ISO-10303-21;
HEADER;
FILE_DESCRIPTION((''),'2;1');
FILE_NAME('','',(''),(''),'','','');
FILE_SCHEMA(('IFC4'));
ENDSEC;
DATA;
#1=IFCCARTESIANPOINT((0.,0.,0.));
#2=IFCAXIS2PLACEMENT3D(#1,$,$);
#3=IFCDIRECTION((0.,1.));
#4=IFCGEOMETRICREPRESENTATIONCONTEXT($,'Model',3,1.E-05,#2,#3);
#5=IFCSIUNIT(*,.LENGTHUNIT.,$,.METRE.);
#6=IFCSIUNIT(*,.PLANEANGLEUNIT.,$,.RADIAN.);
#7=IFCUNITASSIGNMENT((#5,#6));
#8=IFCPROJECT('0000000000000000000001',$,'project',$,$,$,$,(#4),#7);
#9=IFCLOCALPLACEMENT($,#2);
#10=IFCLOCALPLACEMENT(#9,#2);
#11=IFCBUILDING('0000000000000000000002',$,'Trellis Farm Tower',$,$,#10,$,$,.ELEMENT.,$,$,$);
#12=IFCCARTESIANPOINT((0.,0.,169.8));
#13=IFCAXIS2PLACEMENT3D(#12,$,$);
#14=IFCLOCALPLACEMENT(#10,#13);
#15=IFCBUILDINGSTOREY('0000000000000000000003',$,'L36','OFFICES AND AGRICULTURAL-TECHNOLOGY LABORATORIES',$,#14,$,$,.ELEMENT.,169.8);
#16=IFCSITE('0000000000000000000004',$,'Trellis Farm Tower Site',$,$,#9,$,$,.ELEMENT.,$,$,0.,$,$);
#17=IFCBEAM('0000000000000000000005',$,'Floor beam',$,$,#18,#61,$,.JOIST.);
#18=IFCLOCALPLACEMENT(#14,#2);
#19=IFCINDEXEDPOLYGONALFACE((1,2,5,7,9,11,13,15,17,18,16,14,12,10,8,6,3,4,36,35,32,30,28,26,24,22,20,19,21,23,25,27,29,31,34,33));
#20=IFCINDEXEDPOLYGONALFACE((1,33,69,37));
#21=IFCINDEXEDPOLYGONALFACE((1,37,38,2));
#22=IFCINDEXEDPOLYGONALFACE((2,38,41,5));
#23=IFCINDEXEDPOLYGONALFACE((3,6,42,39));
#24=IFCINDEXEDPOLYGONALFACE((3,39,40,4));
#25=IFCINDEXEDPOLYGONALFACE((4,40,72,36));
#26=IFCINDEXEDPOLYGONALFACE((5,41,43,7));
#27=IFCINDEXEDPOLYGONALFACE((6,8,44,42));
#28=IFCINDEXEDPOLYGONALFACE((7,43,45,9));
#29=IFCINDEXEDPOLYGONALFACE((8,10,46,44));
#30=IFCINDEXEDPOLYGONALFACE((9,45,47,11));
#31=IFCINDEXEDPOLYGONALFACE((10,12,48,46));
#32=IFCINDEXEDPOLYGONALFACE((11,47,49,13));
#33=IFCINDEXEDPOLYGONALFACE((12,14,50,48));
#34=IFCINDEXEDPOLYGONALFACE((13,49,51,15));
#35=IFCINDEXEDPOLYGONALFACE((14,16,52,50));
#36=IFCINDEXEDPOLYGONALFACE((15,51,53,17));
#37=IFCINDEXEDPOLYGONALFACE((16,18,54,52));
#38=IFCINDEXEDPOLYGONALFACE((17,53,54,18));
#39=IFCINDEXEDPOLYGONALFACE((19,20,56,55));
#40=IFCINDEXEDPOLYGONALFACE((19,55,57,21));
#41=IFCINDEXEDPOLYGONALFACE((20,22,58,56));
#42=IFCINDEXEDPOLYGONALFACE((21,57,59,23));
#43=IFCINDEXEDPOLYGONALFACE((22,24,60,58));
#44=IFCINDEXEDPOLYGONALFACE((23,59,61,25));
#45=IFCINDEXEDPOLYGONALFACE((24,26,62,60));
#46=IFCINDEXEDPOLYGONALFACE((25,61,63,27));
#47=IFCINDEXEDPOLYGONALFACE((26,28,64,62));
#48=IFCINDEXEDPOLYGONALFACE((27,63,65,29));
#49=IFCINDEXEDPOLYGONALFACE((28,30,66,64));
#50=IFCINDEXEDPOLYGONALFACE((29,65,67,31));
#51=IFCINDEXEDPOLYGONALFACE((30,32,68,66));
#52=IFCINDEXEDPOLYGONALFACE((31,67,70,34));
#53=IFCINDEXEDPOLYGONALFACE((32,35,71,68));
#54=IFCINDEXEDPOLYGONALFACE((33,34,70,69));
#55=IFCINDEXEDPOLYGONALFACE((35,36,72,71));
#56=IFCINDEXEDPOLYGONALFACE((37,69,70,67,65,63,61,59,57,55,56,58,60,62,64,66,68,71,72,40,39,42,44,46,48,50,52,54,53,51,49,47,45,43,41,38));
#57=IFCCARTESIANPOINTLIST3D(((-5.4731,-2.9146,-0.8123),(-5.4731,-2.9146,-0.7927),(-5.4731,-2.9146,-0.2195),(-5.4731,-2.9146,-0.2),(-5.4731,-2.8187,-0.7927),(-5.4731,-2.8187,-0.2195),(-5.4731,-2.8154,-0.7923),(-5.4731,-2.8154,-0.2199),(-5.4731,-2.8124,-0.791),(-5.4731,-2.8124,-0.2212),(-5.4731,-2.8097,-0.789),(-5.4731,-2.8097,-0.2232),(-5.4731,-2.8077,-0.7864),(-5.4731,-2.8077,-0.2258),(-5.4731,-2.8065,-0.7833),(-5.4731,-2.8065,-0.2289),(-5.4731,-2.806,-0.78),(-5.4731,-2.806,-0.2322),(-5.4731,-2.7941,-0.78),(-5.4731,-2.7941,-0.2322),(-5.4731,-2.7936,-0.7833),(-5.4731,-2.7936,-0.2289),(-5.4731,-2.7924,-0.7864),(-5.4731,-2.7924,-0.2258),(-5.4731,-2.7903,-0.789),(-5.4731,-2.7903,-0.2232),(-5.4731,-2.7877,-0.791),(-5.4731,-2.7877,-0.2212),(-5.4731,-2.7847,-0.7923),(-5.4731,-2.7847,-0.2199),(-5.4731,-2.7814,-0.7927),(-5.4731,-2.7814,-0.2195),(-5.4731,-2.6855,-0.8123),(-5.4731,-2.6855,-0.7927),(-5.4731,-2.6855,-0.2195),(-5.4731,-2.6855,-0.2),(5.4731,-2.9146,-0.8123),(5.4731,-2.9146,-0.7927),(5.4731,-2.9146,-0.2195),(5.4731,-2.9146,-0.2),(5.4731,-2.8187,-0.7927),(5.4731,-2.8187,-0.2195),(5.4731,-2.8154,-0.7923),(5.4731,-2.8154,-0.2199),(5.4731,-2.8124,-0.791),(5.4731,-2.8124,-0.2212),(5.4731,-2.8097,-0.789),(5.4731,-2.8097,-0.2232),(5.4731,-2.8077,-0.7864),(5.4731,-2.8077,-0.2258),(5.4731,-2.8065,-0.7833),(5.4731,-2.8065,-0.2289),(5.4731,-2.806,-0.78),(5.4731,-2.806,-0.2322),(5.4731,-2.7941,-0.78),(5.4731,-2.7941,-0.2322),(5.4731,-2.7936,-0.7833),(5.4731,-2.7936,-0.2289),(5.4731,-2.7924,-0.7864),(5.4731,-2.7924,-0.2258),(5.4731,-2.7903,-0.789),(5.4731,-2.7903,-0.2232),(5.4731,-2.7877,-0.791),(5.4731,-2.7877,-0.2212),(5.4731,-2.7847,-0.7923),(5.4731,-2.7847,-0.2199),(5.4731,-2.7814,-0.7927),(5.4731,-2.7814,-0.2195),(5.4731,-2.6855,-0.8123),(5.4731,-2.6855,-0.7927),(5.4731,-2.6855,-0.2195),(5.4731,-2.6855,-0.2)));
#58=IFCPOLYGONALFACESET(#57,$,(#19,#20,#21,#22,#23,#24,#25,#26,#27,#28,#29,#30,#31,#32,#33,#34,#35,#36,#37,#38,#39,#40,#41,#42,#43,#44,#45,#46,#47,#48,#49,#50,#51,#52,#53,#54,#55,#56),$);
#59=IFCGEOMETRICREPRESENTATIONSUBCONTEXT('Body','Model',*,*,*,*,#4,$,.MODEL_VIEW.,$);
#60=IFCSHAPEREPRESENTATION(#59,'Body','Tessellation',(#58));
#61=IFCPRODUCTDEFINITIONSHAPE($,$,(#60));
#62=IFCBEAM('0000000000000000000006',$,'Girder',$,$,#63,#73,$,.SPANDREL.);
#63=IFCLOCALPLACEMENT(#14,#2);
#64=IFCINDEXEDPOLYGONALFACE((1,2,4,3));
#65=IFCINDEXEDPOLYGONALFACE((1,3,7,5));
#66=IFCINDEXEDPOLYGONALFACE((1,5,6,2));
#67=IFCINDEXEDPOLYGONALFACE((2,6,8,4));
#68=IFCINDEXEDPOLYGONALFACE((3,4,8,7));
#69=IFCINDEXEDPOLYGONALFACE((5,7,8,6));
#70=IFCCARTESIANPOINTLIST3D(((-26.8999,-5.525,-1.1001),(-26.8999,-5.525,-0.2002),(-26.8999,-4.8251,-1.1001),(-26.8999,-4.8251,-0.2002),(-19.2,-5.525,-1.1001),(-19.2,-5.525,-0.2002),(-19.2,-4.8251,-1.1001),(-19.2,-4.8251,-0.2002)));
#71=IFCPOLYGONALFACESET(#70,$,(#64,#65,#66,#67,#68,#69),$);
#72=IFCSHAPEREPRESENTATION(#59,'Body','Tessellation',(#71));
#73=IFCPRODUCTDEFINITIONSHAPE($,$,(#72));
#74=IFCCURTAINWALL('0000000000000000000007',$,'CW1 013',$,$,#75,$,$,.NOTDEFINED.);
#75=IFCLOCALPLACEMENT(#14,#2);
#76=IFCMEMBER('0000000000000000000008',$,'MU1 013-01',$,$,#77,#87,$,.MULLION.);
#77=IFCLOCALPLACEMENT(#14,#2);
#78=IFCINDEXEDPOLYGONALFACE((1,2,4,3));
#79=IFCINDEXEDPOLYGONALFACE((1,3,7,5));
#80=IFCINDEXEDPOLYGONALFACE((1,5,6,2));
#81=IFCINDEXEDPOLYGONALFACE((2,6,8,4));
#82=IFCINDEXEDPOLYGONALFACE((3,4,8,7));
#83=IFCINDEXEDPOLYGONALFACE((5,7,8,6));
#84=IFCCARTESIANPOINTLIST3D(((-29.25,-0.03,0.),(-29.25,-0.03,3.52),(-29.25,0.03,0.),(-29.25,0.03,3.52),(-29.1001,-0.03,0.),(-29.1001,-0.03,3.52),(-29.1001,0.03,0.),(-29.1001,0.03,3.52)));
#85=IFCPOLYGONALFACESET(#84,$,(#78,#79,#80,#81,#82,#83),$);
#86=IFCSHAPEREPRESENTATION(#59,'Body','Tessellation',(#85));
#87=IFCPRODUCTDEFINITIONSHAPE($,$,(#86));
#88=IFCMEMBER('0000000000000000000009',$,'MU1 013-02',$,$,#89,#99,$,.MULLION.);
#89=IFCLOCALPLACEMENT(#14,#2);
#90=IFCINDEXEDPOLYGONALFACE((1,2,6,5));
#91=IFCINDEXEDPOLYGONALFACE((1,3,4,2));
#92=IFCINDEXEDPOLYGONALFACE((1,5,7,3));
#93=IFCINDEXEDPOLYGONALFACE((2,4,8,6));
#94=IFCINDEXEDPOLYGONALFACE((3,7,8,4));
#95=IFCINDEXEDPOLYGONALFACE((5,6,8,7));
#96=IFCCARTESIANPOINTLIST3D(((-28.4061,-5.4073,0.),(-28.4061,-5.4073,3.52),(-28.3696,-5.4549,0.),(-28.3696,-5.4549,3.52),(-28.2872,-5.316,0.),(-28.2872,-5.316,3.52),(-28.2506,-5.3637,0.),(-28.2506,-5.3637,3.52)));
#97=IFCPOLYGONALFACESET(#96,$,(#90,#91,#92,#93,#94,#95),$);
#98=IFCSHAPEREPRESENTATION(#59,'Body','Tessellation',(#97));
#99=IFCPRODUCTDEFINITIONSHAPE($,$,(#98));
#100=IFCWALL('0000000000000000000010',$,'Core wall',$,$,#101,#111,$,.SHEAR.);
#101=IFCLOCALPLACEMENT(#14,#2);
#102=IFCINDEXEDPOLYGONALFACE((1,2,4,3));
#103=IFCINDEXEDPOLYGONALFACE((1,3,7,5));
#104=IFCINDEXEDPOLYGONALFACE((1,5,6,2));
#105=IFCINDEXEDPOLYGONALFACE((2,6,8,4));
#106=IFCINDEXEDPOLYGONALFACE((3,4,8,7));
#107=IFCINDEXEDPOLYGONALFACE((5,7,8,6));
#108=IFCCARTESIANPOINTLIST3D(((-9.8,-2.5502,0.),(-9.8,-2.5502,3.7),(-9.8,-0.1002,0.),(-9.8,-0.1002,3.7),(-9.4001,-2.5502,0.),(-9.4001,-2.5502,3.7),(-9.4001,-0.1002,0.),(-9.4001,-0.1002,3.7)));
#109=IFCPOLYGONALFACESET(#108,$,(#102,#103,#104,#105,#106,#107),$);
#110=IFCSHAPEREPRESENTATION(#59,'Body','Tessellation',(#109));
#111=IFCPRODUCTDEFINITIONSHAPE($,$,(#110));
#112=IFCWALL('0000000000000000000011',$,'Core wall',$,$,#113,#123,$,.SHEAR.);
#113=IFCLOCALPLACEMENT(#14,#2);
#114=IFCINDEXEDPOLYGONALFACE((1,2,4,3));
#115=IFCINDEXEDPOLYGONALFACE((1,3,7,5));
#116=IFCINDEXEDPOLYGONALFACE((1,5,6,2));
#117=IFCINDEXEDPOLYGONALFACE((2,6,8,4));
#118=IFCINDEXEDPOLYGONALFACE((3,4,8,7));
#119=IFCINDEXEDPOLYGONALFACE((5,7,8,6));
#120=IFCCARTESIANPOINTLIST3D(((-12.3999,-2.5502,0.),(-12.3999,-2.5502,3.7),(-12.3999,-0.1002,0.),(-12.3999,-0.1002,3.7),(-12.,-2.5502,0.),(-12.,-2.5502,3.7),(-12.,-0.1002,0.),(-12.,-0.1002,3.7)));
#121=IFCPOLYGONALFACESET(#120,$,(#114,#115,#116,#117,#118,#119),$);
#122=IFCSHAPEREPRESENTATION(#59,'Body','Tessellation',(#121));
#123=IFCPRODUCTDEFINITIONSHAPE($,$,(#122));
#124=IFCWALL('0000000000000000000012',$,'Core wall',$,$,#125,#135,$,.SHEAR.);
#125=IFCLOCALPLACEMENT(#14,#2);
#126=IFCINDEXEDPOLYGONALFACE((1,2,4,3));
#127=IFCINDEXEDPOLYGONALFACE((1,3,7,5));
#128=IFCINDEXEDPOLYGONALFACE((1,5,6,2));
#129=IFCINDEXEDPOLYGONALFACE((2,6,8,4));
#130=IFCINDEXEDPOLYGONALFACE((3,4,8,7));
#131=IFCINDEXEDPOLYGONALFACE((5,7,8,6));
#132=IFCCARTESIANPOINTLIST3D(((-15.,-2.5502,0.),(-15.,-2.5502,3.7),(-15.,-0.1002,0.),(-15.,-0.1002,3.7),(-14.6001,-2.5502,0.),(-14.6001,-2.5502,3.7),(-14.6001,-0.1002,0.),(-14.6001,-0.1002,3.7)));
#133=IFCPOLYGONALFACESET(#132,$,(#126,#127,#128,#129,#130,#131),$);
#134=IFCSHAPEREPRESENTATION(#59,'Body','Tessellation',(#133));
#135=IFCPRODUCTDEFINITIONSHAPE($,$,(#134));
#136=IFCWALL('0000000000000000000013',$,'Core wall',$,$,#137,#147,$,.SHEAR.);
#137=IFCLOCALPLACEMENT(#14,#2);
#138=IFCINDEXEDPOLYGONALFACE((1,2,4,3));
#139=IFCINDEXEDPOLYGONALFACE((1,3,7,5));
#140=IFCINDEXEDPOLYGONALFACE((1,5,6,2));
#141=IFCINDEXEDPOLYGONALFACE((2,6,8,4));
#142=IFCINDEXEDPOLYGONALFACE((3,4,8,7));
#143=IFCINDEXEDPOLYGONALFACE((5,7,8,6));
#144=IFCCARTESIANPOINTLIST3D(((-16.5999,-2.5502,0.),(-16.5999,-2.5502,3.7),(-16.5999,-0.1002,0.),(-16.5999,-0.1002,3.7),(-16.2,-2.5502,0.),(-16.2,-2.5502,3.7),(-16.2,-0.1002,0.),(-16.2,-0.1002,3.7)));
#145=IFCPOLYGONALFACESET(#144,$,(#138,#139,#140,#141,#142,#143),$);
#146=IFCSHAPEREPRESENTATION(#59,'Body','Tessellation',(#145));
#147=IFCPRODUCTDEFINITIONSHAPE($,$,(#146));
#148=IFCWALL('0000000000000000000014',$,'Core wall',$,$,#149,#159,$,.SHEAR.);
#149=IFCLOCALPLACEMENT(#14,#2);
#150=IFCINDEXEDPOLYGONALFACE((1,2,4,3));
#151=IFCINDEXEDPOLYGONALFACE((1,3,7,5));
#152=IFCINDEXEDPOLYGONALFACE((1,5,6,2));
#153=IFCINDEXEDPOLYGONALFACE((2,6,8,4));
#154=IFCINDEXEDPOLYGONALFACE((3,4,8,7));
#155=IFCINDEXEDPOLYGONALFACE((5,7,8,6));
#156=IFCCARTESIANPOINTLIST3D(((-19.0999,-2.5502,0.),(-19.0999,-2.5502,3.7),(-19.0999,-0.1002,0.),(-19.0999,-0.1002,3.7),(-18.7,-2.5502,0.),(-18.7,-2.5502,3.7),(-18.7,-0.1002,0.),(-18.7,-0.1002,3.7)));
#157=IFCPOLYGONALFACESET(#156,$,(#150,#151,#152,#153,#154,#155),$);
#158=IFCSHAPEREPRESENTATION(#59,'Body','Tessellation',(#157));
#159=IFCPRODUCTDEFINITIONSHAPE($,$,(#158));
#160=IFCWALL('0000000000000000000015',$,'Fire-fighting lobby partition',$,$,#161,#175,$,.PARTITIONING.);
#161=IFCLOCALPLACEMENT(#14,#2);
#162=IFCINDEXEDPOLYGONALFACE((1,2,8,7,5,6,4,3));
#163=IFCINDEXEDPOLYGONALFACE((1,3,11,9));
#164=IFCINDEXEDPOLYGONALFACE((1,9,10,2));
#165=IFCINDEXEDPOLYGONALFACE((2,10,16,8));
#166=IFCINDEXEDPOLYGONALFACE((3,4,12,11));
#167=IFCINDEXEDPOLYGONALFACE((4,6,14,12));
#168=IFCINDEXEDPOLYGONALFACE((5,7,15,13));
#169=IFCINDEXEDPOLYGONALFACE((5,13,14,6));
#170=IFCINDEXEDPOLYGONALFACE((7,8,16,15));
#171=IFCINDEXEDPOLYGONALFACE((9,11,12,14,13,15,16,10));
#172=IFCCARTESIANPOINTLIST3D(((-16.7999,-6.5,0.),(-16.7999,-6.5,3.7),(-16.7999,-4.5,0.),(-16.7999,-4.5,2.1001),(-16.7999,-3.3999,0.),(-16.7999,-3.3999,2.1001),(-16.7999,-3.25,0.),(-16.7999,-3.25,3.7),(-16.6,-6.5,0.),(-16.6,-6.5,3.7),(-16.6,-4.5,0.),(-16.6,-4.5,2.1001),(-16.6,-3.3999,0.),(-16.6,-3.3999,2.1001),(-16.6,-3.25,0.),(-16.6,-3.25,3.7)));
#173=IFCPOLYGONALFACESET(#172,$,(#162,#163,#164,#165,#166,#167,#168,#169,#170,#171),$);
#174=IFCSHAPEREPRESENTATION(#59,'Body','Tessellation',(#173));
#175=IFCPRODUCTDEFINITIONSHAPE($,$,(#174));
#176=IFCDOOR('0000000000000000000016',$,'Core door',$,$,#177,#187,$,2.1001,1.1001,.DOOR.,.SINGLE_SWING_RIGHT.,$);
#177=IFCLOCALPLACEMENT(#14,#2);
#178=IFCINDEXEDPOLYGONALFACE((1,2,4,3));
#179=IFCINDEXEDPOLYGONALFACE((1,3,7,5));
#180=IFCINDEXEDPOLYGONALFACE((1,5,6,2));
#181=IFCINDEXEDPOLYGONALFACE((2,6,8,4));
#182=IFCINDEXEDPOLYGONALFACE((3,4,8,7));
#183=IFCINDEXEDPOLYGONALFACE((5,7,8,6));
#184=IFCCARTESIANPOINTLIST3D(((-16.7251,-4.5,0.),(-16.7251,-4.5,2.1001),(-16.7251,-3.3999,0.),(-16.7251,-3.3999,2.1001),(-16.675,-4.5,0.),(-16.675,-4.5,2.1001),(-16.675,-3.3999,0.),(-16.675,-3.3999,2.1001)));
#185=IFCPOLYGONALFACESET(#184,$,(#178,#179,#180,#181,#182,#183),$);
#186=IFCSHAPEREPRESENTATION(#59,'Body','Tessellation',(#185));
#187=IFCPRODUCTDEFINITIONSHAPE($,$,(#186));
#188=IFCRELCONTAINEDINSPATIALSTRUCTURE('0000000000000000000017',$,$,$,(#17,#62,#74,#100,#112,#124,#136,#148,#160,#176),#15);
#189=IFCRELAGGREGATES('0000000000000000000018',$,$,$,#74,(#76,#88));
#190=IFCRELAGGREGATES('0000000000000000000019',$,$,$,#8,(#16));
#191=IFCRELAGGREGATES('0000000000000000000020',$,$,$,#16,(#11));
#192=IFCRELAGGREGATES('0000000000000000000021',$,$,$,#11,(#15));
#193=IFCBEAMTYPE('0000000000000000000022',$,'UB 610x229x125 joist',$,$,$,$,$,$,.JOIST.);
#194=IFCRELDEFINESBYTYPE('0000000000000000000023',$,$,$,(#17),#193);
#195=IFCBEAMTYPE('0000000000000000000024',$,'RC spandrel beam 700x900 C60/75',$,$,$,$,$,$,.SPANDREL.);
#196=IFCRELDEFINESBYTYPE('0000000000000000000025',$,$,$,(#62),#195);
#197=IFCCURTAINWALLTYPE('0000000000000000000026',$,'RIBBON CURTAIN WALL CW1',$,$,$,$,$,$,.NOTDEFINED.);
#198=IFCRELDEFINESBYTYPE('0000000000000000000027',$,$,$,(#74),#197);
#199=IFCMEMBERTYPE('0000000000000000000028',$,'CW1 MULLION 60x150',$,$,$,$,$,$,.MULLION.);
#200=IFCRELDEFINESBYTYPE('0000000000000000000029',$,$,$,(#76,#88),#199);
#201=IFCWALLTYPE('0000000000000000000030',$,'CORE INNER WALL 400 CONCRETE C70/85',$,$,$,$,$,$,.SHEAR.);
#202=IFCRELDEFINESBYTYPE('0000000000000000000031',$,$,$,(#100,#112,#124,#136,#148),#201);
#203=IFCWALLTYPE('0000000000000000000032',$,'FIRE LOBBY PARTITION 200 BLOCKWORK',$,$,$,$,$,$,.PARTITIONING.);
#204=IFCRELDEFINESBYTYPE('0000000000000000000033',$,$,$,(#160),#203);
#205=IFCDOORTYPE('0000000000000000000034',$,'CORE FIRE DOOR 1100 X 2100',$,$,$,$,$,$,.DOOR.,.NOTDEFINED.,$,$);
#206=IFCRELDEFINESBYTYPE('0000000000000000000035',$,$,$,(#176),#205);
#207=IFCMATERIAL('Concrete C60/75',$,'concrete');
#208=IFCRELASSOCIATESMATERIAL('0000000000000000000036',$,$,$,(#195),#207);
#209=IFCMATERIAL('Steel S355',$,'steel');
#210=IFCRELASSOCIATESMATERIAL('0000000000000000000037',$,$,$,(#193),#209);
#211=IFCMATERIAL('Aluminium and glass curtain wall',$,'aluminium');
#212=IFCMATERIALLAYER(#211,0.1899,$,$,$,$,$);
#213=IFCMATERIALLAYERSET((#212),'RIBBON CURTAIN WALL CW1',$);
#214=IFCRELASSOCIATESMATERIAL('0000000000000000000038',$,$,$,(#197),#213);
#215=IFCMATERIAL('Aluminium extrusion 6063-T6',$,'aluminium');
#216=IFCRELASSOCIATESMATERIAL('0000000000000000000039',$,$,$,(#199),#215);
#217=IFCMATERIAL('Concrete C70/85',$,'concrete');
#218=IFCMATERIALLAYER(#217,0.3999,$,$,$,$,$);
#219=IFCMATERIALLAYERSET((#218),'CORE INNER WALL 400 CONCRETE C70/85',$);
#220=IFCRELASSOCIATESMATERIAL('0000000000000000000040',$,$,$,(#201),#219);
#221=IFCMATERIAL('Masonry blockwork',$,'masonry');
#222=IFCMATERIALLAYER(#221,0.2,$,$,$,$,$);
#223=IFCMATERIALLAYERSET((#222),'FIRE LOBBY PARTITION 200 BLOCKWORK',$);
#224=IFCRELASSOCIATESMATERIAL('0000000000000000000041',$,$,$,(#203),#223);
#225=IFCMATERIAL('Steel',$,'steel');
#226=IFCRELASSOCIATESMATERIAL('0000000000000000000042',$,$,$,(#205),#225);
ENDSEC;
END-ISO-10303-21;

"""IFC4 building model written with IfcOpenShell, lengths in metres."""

from ifc_helpers import new_model, si_unit, direction, frame, frame_2d, origin, origin_2d, place, context, subcontext, project, spatial, rectangle, i_section, extrude, source, transform, mapped, material, layer, layer_set, material_profile, profile_set, type_object, element, fill, aggregate, save


model = new_model("IFC4")

# Units and contexts
model_context = context("Model", 3, precision=1e-05, world=origin(), true_north=direction((0.0, 1.0)))
body_context = subcontext(model_context, "Body", "Model", "MODEL_VIEW")
ifc_project = project(units=[si_unit("LENGTHUNIT", "METRE"), si_unit("PLANEANGLEUNIT", "RADIAN")], contexts=[model_context])

# Site, building, storey
site_placement = place(None, origin())
site = spatial("IfcSite", under=ifc_project, at=site_placement, Name="Trellis Farm Tower Site", CompositionType="ELEMENT", RefElevation=0.0)
building_placement = place(site_placement, origin())
building = spatial("IfcBuilding", under=site, at=building_placement, Name="Trellis Farm Tower", CompositionType="ELEMENT")
storey_placement = place(building_placement, frame((0.0, 0.0, 169.8)))
storey = spatial("IfcBuildingStorey", under=building, at=storey_placement, Name="L36", Description="OFFICES AND AGRICULTURAL-TECHNOLOGY LABORATORIES", CompositionType="ELEMENT", Elevation=169.8)

# Shared definitions
ifc_material_1 = material(Name="Concrete C70/85", Category="concrete")

# Beams
ifc_material_2 = material(Name="Steel S355", Category="steel")
ifc_material_3 = material(Name="Concrete C60/75", Category="concrete")
ifc_material_profile_1 = material_profile(ifc_material_3, rectangle(XDim=0.7, YDim=0.8999, at=origin_2d()), Name="RC spandrel beam 700x900 C60/75")
ifc_profile_set_1 = profile_set([ifc_material_profile_1], Name="Concrete C60/75")
beam_type_1 = type_object("IfcBeamType", Name="RC spandrel beam 700x900 C60/75", PredefinedType="SPANDREL", material=ifc_profile_set_1)
ifc_material_profile_2 = material_profile(ifc_material_2, i_section(OverallWidth=0.229, OverallDepth=0.6123, WebThickness=0.012, FlangeThickness=0.0195, FilletRadius=0.0127, at=origin_2d()), Name="UB 610x229x125")
ifc_profile_set_2 = profile_set([ifc_material_profile_2], Name="Steel S355")
beam_type_2 = type_object("IfcBeamType", Name="UB 610x229x125 joist", PredefinedType="JOIST", material=ifc_profile_set_2)
shared_shape_1 = source(origin(), body_context, "Body", "SweptSolid", [
    extrude(i_section(OverallWidth=0.229, OverallDepth=0.6123, WebThickness=0.012, FlangeThickness=0.0195, FilletRadius=0.0127, at=origin_2d()), origin(), (0.0, 0.0, 1.0), 10.9463),
])
beam_1_placement = place(storey_placement, frame((-5.4731, -2.8, -0.5061), z_axis=(1.0, 0.0, 0.0), x_axis=(0.0, 1.0, 0.0)))
element("IfcBeam", 1, at=beam_1_placement, inside=storey, type_object=beam_type_2, Name="Floor beam", PredefinedType="JOIST", context=body_context, shape_type="MappedRepresentation", body=[
    mapped(shared_shape_1, transform((0.0, 0.0, 0.0))),
])
shared_shape_2 = source(origin(), body_context, "Body", "SweptSolid", [
    extrude(rectangle(XDim=0.7, YDim=0.8999, at=origin_2d()), origin(), (0.0, 0.0, 1.0), 7.7),
])
beam_2_placement = place(storey_placement, frame((-26.8999, -5.175, -0.6501), z_axis=(1.0, 0.0, 0.0), x_axis=(0.0, 1.0, 0.0)))
element("IfcBeam", 2, at=beam_2_placement, inside=storey, type_object=beam_type_1, Name="Girder", PredefinedType="SPANDREL", context=body_context, shape_type="MappedRepresentation", body=[
    mapped(shared_shape_2, transform((0.0, 0.0, 0.0))),
])

# Curtain wall, members
ifc_material_4 = material(Name="Aluminium and glass curtain wall", Category="aluminium")
ifc_layer_1 = layer(ifc_material_4, 0.1899)
ifc_layer_set_1 = layer_set([ifc_layer_1], Name="RIBBON CURTAIN WALL CW1")
curtain_wall_type = type_object("IfcCurtainWallType", Name="RIBBON CURTAIN WALL CW1", PredefinedType="NOTDEFINED", material=ifc_layer_set_1)
curtain_wall_placement = place(storey_placement, origin())
curtain_wall = element("IfcCurtainWall", 3, at=curtain_wall_placement, inside=storey, type_object=curtain_wall_type, Name="CW1 013", PredefinedType="NOTDEFINED")
ifc_material_5 = material(Name="Aluminium extrusion 6063-T6", Category="aluminium")
ifc_material_profile_3 = material_profile(ifc_material_5, rectangle(XDim=0.0601, YDim=0.1499, at=origin_2d()), Name="MULLION 60x150")
ifc_profile_set_3 = profile_set([ifc_material_profile_3], Name="Aluminium extrusion 6063-T6")
member_type = type_object("IfcMemberType", Name="CW1 MULLION 60x150", PredefinedType="MULLION", material=ifc_profile_set_3)
shared_shape_3 = source(origin(), body_context, "Body", "SweptSolid", [
    extrude(rectangle(XDim=0.0601, YDim=0.1499, at=origin_2d()), origin(), (0.0, 0.0, 1.0), 3.52),
])
member_1_placement = place(storey_placement, frame((-29.175, 0.0, 0.0), z_axis=(0.0, 0.0, 1.0), x_axis=(0.0, -1.0, 0.0)))
member_1 = element("IfcMember", 4, at=member_1_placement, type_object=member_type, Name="MU1 013-01", PredefinedType="MULLION", context=body_context, shape_type="MappedRepresentation", body=[
    mapped(shared_shape_3, transform((0.0, 0.0, 0.0))),
])
member_2_placement = place(storey_placement, frame((-28.3284, -5.3855, 0.0), z_axis=(0.0, 0.0, 1.0), x_axis=(0.608761, -0.793353, 0.0)))
member_2 = element("IfcMember", 5, at=member_2_placement, type_object=member_type, Name="MU1 013-02", PredefinedType="MULLION", context=body_context, shape_type="MappedRepresentation", body=[
    mapped(shared_shape_3, transform((0.0, 0.0, 0.0))),
])
aggregate(curtain_wall, [member_1, member_2])

# Walls
ifc_layer_2 = layer(ifc_material_1, 0.3999)
ifc_layer_set_2 = layer_set([ifc_layer_2], Name="CORE INNER WALL 400 CONCRETE C70/85")
wall_type_1 = type_object("IfcWallType", Name="CORE INNER WALL 400 CONCRETE C70/85", PredefinedType="SHEAR", material=ifc_layer_set_2)
shared_shape_4 = source(origin(), body_context, "Body", "SweptSolid", [
    extrude(rectangle(XDim=2.45, YDim=0.3999, at=frame_2d((1.2251, 0.0))), origin(), (0.0, 0.0, 1.0), 3.7),
])
for number, where, z_axis, x_axis, name in (
    (6, (-9.6001, -0.1001, 0.0), (0.0, 0.0, 1.0), (0.0, -1.0, 0.0), "Core wall"),
    (7, (-12.2, -0.1001, 0.0), (0.0, 0.0, 1.0), (0.0, -1.0, 0.0), "Core wall"),
    (8, (-14.8, -0.1001, 0.0), (0.0, 0.0, 1.0), (0.0, -1.0, 0.0), "Core wall"),
    (9, (-16.3999, -0.1001, 0.0), (0.0, 0.0, 1.0), (0.0, -1.0, 0.0), "Core wall"),
    (10, (-18.8999, -0.1001, 0.0), (0.0, 0.0, 1.0), (0.0, -1.0, 0.0), "Core wall"),
):
    element("IfcWall", number, at=place(storey_placement, frame(where, z_axis=z_axis, x_axis=x_axis)), inside=storey, type_object=wall_type_1, Name=name, PredefinedType="SHEAR", context=body_context, shape_type="MappedRepresentation", body=[
        mapped(shared_shape_4, transform((0.0, 0.0, 0.0))),
    ])

# Wall, opening, door
ifc_material_6 = material(Name="Masonry blockwork", Category="masonry")
ifc_layer_3 = layer(ifc_material_6, 0.2)
ifc_layer_set_3 = layer_set([ifc_layer_3], Name="FIRE LOBBY PARTITION 200 BLOCKWORK")
wall_type_2 = type_object("IfcWallType", Name="FIRE LOBBY PARTITION 200 BLOCKWORK", PredefinedType="PARTITIONING", material=ifc_layer_set_3)
shared_shape_5 = source(origin(), body_context, "Body", "SweptSolid", [
    extrude(rectangle(XDim=3.25, YDim=0.2, at=frame_2d((1.625, 0.0))), origin(), (0.0, 0.0, 1.0), 3.7),
])
wall_1_placement = place(storey_placement, frame((-16.7, -3.25, 0.0), z_axis=(0.0, 0.0, 1.0), x_axis=(0.0, -1.0, 0.0)))
wall_1 = element("IfcWall", 11, at=wall_1_placement, inside=storey, type_object=wall_type_2, Name="Fire-fighting lobby partition", PredefinedType="PARTITIONING", context=body_context, shape_type="MappedRepresentation", body=[
    mapped(shared_shape_5, transform((0.0, 0.0, 0.0))),
])
shared_shape_6 = source(origin(), body_context, "Body", "SweptSolid", [
    extrude(rectangle(XDim=1.1001, YDim=2.1001, at=frame_2d((0.55, 1.05))), frame((0.0, 0.1101, 0.0), z_axis=(0.0, -1.0, 0.0), x_axis=(1.0, 0.0, 0.0)), (0.0, 0.0, 1.0), 0.2202),
])
opening_1_placement = place(wall_1_placement, frame((0.1499, 0.0, 0.0)))
opening_1 = element("IfcOpeningElement", 12, at=opening_1_placement, cuts=wall_1, PredefinedType="OPENING", context=body_context, shape_type="MappedRepresentation", body=[
    mapped(shared_shape_6, transform((0.0, 0.0, 0.0))),
])
ifc_material_7 = material(Name="Steel", Category="steel")
door_type_1 = type_object("IfcDoorType", Name="CORE FIRE DOOR 1100 X 2100", OperationType="NOTDEFINED", PredefinedType="DOOR", material=ifc_material_7)
shared_shape_7 = source(origin(), body_context, "Body", "SweptSolid", [
    extrude(rectangle(XDim=1.1001, YDim=2.1001, at=frame_2d((0.55, 1.05))), frame((0.0, 0.0249, 0.0), z_axis=(0.0, -1.0, 0.0), x_axis=(1.0, 0.0, 0.0)), (0.0, 0.0, 1.0), 0.05),
])
door_1_placement = place(opening_1_placement, origin())
door_1 = element("IfcDoor", 13, at=door_1_placement, inside=storey, type_object=door_type_1, Name="Core door", OperationType="SINGLE_SWING_RIGHT", OverallHeight=2.1001, OverallWidth=1.1001, PredefinedType="DOOR", context=body_context, shape_type="MappedRepresentation", body=[
    mapped(shared_shape_7, transform((0.0, 0.0, 0.0))),
])
fill(opening_1, door_1)

save(model, "model.ifc")
